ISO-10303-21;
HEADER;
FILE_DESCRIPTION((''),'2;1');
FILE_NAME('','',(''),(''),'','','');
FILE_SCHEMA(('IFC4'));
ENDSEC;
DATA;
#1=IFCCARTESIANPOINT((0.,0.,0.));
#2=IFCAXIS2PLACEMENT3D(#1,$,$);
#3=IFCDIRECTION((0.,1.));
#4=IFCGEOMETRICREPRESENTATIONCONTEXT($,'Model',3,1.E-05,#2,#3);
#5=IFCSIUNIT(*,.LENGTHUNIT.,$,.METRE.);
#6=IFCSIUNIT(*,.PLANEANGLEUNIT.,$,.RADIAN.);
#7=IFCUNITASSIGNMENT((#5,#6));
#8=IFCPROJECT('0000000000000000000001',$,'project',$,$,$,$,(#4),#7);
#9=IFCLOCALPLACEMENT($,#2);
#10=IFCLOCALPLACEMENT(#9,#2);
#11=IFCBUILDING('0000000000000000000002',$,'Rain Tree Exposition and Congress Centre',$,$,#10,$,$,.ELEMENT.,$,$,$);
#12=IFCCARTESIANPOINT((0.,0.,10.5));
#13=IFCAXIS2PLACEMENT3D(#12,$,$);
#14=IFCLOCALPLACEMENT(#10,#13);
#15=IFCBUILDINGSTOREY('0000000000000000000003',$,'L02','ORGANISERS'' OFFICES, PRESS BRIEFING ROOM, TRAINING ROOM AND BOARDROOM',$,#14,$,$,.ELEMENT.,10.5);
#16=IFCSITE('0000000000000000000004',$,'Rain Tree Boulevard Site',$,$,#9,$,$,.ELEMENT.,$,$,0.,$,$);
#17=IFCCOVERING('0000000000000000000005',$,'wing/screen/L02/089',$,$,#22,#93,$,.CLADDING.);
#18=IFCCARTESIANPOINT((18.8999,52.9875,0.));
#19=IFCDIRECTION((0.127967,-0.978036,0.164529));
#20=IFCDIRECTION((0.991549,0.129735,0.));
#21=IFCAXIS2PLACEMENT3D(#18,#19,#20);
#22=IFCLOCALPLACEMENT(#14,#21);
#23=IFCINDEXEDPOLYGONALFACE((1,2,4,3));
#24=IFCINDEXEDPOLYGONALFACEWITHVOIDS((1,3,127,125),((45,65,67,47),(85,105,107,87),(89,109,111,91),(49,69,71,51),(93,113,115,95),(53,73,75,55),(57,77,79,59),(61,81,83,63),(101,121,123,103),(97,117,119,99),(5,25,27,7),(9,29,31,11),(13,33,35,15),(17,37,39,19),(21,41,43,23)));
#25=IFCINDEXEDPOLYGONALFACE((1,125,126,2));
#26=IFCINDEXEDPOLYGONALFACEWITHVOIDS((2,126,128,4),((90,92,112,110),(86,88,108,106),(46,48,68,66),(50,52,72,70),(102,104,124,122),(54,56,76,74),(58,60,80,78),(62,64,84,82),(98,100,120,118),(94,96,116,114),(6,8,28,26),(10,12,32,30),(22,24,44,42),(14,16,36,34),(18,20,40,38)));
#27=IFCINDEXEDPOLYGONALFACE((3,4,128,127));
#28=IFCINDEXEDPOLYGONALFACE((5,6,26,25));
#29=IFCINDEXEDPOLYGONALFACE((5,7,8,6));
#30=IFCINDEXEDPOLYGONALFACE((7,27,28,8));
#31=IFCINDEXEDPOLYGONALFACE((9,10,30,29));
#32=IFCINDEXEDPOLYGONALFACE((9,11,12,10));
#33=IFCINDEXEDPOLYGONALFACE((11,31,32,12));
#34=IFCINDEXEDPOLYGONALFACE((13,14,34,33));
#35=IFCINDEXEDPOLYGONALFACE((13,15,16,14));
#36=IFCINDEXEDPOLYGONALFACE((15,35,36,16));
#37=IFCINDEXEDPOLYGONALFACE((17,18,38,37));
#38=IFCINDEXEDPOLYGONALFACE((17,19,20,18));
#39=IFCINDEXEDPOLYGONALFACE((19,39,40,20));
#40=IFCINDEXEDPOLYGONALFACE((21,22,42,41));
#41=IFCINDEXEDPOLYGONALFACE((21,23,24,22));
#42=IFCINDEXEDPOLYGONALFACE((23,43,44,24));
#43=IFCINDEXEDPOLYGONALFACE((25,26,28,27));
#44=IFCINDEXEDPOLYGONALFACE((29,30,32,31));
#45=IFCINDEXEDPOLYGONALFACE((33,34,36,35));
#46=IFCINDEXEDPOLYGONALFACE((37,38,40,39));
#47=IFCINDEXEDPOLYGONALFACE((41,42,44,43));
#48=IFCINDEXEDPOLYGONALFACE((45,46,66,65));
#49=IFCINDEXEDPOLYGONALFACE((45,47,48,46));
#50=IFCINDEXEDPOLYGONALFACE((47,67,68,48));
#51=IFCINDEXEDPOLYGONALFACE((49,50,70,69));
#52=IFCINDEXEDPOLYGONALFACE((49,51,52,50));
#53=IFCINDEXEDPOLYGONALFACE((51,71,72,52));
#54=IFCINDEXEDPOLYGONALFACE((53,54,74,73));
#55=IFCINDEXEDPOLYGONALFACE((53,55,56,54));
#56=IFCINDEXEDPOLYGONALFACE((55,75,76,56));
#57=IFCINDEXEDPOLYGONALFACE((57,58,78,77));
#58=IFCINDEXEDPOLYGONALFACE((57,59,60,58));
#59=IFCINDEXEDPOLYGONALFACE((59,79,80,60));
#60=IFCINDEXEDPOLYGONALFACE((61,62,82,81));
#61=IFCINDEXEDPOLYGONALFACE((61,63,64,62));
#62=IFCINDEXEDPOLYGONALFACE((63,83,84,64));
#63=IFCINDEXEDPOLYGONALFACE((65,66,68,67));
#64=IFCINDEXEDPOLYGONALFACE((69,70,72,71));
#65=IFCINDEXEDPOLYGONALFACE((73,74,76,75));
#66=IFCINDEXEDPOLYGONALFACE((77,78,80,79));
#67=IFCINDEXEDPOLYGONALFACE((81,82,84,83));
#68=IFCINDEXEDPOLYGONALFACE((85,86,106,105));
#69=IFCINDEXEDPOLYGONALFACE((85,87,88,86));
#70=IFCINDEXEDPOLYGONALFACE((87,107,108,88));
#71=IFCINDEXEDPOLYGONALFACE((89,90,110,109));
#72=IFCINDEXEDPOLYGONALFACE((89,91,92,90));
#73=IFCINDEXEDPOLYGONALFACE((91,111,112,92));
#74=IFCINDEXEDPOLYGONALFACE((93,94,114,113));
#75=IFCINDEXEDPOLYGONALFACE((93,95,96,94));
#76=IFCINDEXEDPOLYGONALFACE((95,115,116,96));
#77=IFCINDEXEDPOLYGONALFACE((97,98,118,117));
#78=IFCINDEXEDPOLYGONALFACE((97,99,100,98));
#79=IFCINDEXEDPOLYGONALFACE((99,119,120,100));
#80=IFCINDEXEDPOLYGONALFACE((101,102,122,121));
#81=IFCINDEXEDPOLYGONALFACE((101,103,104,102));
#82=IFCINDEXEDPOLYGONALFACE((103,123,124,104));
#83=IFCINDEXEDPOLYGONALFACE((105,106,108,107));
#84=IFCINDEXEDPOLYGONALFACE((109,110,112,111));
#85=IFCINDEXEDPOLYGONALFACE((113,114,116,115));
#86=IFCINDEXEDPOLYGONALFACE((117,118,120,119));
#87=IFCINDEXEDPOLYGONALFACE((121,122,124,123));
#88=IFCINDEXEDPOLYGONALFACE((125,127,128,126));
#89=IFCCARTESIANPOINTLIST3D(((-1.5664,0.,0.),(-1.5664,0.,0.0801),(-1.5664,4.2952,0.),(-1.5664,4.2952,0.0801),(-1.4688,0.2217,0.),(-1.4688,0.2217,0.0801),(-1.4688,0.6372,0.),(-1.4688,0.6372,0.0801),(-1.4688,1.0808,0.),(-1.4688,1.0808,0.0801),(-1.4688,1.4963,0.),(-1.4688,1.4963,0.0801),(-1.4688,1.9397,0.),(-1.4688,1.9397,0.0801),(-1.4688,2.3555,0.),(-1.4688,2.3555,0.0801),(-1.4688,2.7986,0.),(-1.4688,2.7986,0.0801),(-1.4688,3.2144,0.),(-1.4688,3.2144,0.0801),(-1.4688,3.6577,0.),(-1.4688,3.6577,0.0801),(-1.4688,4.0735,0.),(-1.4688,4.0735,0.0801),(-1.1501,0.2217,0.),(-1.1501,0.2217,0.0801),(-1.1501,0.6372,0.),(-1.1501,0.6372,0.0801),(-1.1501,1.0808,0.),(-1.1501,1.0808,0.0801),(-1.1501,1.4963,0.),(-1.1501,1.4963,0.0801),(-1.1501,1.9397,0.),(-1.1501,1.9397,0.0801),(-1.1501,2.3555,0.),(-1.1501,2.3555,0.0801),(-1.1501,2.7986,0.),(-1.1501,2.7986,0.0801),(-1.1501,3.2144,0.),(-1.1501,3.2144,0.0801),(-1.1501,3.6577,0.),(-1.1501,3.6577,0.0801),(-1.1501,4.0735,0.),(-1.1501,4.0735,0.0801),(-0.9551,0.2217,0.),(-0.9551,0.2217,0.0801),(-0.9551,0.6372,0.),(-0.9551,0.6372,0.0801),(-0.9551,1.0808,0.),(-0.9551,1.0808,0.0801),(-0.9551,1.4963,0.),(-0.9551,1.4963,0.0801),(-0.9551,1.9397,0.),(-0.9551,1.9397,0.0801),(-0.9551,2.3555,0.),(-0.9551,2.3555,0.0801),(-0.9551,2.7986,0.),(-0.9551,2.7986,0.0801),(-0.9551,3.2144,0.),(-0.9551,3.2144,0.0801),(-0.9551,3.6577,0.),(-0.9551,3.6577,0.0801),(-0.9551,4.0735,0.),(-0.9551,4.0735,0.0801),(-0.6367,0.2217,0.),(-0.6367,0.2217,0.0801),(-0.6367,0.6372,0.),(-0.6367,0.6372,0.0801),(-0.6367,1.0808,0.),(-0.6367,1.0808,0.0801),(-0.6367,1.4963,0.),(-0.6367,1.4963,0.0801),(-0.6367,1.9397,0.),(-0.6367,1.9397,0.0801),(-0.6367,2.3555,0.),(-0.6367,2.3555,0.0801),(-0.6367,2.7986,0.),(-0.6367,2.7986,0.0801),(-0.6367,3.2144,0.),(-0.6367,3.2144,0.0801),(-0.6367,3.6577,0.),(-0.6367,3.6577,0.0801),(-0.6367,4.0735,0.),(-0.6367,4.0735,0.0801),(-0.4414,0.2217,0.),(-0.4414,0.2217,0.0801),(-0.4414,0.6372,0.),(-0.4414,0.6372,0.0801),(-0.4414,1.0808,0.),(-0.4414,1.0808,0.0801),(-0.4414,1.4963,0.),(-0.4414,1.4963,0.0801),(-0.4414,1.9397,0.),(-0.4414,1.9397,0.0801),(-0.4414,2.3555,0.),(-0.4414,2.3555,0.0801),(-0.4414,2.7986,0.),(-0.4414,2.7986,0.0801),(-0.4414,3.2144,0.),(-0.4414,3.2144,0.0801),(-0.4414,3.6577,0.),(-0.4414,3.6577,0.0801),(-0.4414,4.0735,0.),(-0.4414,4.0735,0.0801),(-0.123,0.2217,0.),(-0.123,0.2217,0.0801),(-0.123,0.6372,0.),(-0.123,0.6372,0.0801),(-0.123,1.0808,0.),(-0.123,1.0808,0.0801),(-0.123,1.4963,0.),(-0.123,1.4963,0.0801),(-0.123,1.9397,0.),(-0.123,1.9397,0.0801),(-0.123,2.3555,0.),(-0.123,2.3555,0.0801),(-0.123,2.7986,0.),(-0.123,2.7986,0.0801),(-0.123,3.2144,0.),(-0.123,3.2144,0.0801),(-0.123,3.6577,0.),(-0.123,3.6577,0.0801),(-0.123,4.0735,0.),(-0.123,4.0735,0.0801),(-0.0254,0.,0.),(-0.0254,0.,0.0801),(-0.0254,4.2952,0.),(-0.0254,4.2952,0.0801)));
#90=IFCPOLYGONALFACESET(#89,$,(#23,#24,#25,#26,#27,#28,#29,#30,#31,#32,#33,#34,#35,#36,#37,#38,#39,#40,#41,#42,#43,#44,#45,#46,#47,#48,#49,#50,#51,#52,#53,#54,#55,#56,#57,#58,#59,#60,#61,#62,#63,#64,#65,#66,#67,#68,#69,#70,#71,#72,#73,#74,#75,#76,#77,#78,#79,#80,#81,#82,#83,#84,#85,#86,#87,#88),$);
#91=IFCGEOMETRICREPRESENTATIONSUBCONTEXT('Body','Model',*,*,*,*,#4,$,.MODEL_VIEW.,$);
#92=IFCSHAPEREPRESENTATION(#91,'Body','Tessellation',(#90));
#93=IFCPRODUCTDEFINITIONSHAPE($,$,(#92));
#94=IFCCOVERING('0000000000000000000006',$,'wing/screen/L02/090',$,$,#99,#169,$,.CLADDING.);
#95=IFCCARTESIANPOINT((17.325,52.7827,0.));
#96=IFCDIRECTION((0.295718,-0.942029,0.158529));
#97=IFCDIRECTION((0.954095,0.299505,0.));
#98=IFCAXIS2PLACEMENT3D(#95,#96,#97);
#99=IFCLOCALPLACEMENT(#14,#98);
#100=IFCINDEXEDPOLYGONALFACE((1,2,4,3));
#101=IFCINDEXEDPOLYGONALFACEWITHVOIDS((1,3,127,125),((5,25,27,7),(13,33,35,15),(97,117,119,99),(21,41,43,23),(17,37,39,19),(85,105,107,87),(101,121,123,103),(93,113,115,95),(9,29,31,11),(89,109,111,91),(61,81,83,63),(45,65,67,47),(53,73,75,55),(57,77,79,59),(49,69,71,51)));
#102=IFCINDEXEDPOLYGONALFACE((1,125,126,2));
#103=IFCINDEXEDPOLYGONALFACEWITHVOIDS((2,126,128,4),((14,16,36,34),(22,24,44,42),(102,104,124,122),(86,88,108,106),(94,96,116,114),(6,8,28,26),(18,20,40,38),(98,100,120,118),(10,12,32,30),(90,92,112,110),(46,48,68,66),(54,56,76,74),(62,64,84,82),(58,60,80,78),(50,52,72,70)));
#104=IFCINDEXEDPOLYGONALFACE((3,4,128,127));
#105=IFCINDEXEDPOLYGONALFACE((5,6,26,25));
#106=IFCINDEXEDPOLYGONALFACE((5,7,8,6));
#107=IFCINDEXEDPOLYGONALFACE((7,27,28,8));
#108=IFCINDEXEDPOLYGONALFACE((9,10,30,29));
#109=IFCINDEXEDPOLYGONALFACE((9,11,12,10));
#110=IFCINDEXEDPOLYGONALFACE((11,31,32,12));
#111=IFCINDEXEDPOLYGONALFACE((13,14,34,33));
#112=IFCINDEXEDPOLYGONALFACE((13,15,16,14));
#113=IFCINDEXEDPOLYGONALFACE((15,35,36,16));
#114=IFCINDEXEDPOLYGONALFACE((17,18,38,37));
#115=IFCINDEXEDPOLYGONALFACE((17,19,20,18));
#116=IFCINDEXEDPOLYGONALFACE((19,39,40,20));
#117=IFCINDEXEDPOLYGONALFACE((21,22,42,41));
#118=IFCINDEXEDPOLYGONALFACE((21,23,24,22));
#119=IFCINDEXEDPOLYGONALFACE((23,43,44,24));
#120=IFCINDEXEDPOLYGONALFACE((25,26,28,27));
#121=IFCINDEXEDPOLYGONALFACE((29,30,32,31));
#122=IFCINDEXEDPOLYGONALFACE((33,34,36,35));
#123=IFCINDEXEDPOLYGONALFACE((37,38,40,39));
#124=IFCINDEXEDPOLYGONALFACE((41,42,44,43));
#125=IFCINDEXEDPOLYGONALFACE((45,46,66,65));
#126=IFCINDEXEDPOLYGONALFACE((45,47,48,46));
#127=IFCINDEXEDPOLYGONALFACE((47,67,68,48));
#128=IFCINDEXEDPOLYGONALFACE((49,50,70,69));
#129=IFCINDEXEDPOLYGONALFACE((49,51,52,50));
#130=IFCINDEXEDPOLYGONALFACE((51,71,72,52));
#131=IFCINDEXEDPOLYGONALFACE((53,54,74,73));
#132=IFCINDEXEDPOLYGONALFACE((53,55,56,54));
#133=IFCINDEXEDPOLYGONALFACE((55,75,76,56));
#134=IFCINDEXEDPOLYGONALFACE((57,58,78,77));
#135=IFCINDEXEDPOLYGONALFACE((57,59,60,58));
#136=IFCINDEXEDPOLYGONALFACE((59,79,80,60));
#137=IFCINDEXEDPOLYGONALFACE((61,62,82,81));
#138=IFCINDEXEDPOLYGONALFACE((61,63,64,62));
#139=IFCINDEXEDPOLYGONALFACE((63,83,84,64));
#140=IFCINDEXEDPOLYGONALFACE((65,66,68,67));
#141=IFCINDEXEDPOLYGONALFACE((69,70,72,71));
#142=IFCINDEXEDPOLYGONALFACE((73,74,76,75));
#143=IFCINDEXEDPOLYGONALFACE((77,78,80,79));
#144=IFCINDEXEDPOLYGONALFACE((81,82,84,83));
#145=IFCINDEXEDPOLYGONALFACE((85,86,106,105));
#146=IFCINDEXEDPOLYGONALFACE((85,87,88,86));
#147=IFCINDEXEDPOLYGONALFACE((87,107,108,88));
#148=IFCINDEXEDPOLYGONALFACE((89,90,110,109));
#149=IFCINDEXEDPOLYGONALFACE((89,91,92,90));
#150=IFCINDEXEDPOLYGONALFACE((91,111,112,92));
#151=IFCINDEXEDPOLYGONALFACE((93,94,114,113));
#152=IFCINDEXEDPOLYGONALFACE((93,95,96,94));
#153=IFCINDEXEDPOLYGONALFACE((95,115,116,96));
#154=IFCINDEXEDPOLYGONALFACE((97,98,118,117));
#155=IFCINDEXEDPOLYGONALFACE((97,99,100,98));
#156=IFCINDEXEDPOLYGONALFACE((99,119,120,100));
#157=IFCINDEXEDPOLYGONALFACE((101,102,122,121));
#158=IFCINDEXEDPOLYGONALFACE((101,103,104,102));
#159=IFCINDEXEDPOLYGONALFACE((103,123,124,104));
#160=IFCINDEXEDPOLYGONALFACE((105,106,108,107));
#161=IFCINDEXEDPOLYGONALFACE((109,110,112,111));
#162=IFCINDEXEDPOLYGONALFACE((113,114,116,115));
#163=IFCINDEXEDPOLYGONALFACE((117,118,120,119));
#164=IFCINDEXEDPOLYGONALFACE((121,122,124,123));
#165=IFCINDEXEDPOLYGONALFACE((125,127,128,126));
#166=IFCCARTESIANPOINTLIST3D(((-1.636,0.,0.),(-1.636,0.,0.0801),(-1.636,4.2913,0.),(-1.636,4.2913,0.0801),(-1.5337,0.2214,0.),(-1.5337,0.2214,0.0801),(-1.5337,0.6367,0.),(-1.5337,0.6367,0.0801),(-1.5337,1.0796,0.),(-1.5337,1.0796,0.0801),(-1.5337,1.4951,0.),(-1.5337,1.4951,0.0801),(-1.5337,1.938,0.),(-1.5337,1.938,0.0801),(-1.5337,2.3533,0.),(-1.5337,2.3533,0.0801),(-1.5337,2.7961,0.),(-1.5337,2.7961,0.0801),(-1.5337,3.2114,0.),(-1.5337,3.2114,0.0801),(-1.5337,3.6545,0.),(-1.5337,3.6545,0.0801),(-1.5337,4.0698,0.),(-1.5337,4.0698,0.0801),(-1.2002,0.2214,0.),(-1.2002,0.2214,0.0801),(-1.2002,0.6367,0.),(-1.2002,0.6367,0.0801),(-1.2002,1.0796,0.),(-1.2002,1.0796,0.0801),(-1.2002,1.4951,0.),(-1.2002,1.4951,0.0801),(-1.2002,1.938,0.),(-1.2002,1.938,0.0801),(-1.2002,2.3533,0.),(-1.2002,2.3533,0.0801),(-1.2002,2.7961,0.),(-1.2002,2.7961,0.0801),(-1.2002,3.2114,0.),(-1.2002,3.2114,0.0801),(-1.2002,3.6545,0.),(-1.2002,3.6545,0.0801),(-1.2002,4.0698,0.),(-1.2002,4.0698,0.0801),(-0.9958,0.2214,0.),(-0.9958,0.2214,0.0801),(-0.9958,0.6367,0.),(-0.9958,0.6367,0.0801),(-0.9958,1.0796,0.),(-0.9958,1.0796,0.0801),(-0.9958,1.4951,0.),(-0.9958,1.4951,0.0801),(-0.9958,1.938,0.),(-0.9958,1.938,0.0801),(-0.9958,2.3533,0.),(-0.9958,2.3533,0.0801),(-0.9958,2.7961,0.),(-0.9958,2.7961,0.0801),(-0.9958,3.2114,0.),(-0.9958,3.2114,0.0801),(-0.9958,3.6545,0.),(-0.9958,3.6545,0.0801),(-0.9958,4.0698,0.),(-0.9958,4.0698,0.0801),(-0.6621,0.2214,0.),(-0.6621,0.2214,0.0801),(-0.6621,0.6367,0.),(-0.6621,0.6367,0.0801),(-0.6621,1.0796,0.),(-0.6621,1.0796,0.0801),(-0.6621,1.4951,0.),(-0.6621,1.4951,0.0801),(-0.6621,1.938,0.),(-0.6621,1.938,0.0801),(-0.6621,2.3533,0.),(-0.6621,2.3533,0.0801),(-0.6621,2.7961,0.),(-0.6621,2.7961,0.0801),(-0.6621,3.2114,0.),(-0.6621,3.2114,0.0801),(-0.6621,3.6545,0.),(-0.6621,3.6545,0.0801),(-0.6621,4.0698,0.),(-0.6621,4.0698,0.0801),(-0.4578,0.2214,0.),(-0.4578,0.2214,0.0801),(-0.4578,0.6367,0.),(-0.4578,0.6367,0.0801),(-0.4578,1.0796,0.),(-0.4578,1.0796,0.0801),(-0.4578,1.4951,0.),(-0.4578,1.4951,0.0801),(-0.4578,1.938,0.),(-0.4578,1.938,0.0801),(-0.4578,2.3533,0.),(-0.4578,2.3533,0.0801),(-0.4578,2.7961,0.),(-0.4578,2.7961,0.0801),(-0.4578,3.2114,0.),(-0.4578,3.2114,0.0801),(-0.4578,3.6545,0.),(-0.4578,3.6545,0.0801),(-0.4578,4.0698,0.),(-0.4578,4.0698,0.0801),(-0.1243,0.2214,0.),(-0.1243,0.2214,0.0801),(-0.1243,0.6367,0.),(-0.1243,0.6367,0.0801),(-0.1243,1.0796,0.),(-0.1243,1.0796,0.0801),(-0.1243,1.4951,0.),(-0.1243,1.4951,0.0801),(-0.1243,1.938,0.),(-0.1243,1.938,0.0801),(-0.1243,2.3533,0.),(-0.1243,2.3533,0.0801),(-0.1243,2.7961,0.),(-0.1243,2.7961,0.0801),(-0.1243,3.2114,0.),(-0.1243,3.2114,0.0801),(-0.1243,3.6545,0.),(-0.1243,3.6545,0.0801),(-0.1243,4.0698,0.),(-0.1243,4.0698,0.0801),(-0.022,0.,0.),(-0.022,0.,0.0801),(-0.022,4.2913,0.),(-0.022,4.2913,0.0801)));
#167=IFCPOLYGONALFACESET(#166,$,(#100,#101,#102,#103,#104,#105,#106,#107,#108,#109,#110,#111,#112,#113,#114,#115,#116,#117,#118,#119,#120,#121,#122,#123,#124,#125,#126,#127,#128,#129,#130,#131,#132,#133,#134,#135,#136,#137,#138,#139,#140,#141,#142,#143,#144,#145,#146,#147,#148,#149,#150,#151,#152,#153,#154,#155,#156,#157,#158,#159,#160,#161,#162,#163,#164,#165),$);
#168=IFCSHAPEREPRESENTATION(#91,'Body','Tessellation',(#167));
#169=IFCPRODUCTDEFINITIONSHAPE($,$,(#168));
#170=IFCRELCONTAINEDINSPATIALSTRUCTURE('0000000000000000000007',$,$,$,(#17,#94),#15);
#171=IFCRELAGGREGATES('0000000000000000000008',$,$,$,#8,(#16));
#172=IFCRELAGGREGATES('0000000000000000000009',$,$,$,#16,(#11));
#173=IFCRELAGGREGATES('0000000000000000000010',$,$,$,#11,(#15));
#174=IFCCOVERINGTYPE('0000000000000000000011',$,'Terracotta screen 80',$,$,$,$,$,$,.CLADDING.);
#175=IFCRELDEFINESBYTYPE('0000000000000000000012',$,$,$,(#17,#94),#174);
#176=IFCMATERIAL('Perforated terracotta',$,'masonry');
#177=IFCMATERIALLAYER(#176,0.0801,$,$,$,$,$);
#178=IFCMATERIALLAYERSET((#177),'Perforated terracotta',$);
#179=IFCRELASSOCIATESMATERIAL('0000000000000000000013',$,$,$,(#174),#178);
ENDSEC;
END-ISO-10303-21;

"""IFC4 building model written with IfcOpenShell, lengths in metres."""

from ifc_helpers import new_model, si_unit, direction, frame, origin, place, context, subcontext, project, spatial, polyline, outline, extrude, material, layer, layer_set, type_object, element, save


model = new_model("IFC4")

# Units and contexts
model_context = context("Model", 3, precision=1e-05, world=origin(), true_north=direction((0.0, 1.0)))
body_context = subcontext(model_context, "Body", "Model", "MODEL_VIEW")
ifc_project = project(units=[si_unit("LENGTHUNIT", "METRE"), si_unit("PLANEANGLEUNIT", "RADIAN")], contexts=[model_context])

# Site, building, storey
site_placement = place(None, origin())
site = spatial("IfcSite", under=ifc_project, at=site_placement, Name="Rain Tree Boulevard Site", CompositionType="ELEMENT", RefElevation=0.0)
building_placement = place(site_placement, origin())
building = spatial("IfcBuilding", under=site, at=building_placement, Name="Rain Tree Exposition and Congress Centre", CompositionType="ELEMENT")
storey_placement = place(building_placement, frame((0.0, 0.0, 10.5)))
storey = spatial("IfcBuildingStorey", under=building, at=storey_placement, Name="L02", Description="ORGANISERS' OFFICES, PRESS BRIEFING ROOM, TRAINING ROOM AND BOARDROOM", CompositionType="ELEMENT", Elevation=10.5)

# Coverings
ifc_material_1 = material(Name="Perforated terracotta", Category="masonry")
ifc_layer_1 = layer(ifc_material_1, 0.0801)
ifc_layer_set_1 = layer_set([ifc_layer_1], Name="Perforated terracotta")
covering_type = type_object("IfcCoveringType", Name="Terracotta screen 80", PredefinedType="CLADDING", material=ifc_layer_set_1)
covering_1_placement = place(storey_placement, frame((18.8999, 52.9875, 0.0), z_axis=(0.127967, -0.978036, 0.164529), x_axis=(0.991549, 0.129735, 0.0)))
element("IfcCovering", 1, at=covering_1_placement, inside=storey, type_object=covering_type, Name="wing/screen/L02/089", PredefinedType="CLADDING", context=body_context, shape_type="SweptSolid", body=[
    extrude(outline(polyline([(-1.5664, 0.0), (-1.5664, 4.2952), (-0.0254, 4.2952), (-0.0254, 0.0), (-1.5664, 0.0)]), holes=[polyline([(-0.123, 0.2217), (-0.123, 0.6372), (-0.4414, 0.6372), (-0.4414, 0.2217), (-0.123, 0.2217)]), polyline([(-0.123, 1.0808), (-0.123, 1.4963), (-0.4414, 1.4963), (-0.4414, 1.0808), (-0.123, 1.0808)]), polyline([(-0.123, 1.9397), (-0.123, 2.3555), (-0.4414, 2.3555), (-0.4414, 1.9397), (-0.123, 1.9397)]), polyline([(-0.123, 2.7986), (-0.123, 3.2144), (-0.4414, 3.2144), (-0.4414, 2.7986), (-0.123, 2.7986)]), polyline([(-0.123, 3.6577), (-0.123, 4.0735), (-0.4414, 4.0735), (-0.4414, 3.6577), (-0.123, 3.6577)]), polyline([(-0.6367, 0.2217), (-0.6367, 0.6372), (-0.9551, 0.6372), (-0.9551, 0.2217), (-0.6367, 0.2217)]), polyline([(-0.6367, 1.0808), (-0.6367, 1.4963), (-0.9551, 1.4963), (-0.9551, 1.0808), (-0.6367, 1.0808)]), polyline([(-0.6367, 1.9397), (-0.6367, 2.3555), (-0.9551, 2.3555), (-0.9551, 1.9397), (-0.6367, 1.9397)]), polyline([(-0.6367, 2.7986), (-0.6367, 3.2144), (-0.9551, 3.2144), (-0.9551, 2.7986), (-0.6367, 2.7986)]), polyline([(-0.6367, 3.6577), (-0.6367, 4.0735), (-0.9551, 4.0735), (-0.9551, 3.6577), (-0.6367, 3.6577)]), polyline([(-1.1501, 0.2217), (-1.1501, 0.6372), (-1.4688, 0.6372), (-1.4688, 0.2217), (-1.1501, 0.2217)]), polyline([(-1.1501, 1.0808), (-1.1501, 1.4963), (-1.4688, 1.4963), (-1.4688, 1.0808), (-1.1501, 1.0808)]), polyline([(-1.1501, 1.9397), (-1.1501, 2.3555), (-1.4688, 2.3555), (-1.4688, 1.9397), (-1.1501, 1.9397)]), polyline([(-1.1501, 2.7986), (-1.1501, 3.2144), (-1.4688, 3.2144), (-1.4688, 2.7986), (-1.1501, 2.7986)]), polyline([(-1.1501, 3.6577), (-1.1501, 4.0735), (-1.4688, 4.0735), (-1.4688, 3.6577), (-1.1501, 3.6577)])]), origin(), (0.0, 0.0, 1.0), 0.0801),
])
covering_2_placement = place(storey_placement, frame((17.325, 52.7827, 0.0), z_axis=(0.295718, -0.942029, 0.158529), x_axis=(0.954095, 0.299505, 0.0)))
element("IfcCovering", 2, at=covering_2_placement, inside=storey, type_object=covering_type, Name="wing/screen/L02/090", PredefinedType="CLADDING", context=body_context, shape_type="SweptSolid", body=[
    extrude(outline(polyline([(-1.636, 0.0), (-1.636, 4.2913), (-0.022, 4.2913), (-0.022, 0.0), (-1.636, 0.0)]), holes=[polyline([(-0.1243, 0.2214), (-0.1243, 0.6367), (-0.4578, 0.6367), (-0.4578, 0.2214), (-0.1243, 0.2214)]), polyline([(-0.1243, 1.0796), (-0.1243, 1.4951), (-0.4578, 1.4951), (-0.4578, 1.0796), (-0.1243, 1.0796)]), polyline([(-0.1243, 1.938), (-0.1243, 2.3533), (-0.4578, 2.3533), (-0.4578, 1.938), (-0.1243, 1.938)]), polyline([(-0.1243, 2.7961), (-0.1243, 3.2114), (-0.4578, 3.2114), (-0.4578, 2.7961), (-0.1243, 2.7961)]), polyline([(-0.1243, 3.6545), (-0.1243, 4.0698), (-0.4578, 4.0698), (-0.4578, 3.6545), (-0.1243, 3.6545)]), polyline([(-0.6621, 0.2214), (-0.6621, 0.6367), (-0.9958, 0.6367), (-0.9958, 0.2214), (-0.6621, 0.2214)]), polyline([(-0.6621, 1.0796), (-0.6621, 1.4951), (-0.9958, 1.4951), (-0.9958, 1.0796), (-0.6621, 1.0796)]), polyline([(-0.6621, 1.938), (-0.6621, 2.3533), (-0.9958, 2.3533), (-0.9958, 1.938), (-0.6621, 1.938)]), polyline([(-0.6621, 2.7961), (-0.6621, 3.2114), (-0.9958, 3.2114), (-0.9958, 2.7961), (-0.6621, 2.7961)]), polyline([(-0.6621, 3.6545), (-0.6621, 4.0698), (-0.9958, 4.0698), (-0.9958, 3.6545), (-0.6621, 3.6545)]), polyline([(-1.2002, 0.2214), (-1.2002, 0.6367), (-1.5337, 0.6367), (-1.5337, 0.2214), (-1.2002, 0.2214)]), polyline([(-1.2002, 1.0796), (-1.2002, 1.4951), (-1.5337, 1.4951), (-1.5337, 1.0796), (-1.2002, 1.0796)]), polyline([(-1.2002, 1.938), (-1.2002, 2.3533), (-1.5337, 2.3533), (-1.5337, 1.938), (-1.2002, 1.938)]), polyline([(-1.2002, 2.7961), (-1.2002, 3.2114), (-1.5337, 3.2114), (-1.5337, 2.7961), (-1.2002, 2.7961)]), polyline([(-1.2002, 3.6545), (-1.2002, 4.0698), (-1.5337, 4.0698), (-1.5337, 3.6545), (-1.2002, 3.6545)])]), origin(), (0.0, 0.0, 1.0), 0.0801),
])

save(model, "model.ifc")
